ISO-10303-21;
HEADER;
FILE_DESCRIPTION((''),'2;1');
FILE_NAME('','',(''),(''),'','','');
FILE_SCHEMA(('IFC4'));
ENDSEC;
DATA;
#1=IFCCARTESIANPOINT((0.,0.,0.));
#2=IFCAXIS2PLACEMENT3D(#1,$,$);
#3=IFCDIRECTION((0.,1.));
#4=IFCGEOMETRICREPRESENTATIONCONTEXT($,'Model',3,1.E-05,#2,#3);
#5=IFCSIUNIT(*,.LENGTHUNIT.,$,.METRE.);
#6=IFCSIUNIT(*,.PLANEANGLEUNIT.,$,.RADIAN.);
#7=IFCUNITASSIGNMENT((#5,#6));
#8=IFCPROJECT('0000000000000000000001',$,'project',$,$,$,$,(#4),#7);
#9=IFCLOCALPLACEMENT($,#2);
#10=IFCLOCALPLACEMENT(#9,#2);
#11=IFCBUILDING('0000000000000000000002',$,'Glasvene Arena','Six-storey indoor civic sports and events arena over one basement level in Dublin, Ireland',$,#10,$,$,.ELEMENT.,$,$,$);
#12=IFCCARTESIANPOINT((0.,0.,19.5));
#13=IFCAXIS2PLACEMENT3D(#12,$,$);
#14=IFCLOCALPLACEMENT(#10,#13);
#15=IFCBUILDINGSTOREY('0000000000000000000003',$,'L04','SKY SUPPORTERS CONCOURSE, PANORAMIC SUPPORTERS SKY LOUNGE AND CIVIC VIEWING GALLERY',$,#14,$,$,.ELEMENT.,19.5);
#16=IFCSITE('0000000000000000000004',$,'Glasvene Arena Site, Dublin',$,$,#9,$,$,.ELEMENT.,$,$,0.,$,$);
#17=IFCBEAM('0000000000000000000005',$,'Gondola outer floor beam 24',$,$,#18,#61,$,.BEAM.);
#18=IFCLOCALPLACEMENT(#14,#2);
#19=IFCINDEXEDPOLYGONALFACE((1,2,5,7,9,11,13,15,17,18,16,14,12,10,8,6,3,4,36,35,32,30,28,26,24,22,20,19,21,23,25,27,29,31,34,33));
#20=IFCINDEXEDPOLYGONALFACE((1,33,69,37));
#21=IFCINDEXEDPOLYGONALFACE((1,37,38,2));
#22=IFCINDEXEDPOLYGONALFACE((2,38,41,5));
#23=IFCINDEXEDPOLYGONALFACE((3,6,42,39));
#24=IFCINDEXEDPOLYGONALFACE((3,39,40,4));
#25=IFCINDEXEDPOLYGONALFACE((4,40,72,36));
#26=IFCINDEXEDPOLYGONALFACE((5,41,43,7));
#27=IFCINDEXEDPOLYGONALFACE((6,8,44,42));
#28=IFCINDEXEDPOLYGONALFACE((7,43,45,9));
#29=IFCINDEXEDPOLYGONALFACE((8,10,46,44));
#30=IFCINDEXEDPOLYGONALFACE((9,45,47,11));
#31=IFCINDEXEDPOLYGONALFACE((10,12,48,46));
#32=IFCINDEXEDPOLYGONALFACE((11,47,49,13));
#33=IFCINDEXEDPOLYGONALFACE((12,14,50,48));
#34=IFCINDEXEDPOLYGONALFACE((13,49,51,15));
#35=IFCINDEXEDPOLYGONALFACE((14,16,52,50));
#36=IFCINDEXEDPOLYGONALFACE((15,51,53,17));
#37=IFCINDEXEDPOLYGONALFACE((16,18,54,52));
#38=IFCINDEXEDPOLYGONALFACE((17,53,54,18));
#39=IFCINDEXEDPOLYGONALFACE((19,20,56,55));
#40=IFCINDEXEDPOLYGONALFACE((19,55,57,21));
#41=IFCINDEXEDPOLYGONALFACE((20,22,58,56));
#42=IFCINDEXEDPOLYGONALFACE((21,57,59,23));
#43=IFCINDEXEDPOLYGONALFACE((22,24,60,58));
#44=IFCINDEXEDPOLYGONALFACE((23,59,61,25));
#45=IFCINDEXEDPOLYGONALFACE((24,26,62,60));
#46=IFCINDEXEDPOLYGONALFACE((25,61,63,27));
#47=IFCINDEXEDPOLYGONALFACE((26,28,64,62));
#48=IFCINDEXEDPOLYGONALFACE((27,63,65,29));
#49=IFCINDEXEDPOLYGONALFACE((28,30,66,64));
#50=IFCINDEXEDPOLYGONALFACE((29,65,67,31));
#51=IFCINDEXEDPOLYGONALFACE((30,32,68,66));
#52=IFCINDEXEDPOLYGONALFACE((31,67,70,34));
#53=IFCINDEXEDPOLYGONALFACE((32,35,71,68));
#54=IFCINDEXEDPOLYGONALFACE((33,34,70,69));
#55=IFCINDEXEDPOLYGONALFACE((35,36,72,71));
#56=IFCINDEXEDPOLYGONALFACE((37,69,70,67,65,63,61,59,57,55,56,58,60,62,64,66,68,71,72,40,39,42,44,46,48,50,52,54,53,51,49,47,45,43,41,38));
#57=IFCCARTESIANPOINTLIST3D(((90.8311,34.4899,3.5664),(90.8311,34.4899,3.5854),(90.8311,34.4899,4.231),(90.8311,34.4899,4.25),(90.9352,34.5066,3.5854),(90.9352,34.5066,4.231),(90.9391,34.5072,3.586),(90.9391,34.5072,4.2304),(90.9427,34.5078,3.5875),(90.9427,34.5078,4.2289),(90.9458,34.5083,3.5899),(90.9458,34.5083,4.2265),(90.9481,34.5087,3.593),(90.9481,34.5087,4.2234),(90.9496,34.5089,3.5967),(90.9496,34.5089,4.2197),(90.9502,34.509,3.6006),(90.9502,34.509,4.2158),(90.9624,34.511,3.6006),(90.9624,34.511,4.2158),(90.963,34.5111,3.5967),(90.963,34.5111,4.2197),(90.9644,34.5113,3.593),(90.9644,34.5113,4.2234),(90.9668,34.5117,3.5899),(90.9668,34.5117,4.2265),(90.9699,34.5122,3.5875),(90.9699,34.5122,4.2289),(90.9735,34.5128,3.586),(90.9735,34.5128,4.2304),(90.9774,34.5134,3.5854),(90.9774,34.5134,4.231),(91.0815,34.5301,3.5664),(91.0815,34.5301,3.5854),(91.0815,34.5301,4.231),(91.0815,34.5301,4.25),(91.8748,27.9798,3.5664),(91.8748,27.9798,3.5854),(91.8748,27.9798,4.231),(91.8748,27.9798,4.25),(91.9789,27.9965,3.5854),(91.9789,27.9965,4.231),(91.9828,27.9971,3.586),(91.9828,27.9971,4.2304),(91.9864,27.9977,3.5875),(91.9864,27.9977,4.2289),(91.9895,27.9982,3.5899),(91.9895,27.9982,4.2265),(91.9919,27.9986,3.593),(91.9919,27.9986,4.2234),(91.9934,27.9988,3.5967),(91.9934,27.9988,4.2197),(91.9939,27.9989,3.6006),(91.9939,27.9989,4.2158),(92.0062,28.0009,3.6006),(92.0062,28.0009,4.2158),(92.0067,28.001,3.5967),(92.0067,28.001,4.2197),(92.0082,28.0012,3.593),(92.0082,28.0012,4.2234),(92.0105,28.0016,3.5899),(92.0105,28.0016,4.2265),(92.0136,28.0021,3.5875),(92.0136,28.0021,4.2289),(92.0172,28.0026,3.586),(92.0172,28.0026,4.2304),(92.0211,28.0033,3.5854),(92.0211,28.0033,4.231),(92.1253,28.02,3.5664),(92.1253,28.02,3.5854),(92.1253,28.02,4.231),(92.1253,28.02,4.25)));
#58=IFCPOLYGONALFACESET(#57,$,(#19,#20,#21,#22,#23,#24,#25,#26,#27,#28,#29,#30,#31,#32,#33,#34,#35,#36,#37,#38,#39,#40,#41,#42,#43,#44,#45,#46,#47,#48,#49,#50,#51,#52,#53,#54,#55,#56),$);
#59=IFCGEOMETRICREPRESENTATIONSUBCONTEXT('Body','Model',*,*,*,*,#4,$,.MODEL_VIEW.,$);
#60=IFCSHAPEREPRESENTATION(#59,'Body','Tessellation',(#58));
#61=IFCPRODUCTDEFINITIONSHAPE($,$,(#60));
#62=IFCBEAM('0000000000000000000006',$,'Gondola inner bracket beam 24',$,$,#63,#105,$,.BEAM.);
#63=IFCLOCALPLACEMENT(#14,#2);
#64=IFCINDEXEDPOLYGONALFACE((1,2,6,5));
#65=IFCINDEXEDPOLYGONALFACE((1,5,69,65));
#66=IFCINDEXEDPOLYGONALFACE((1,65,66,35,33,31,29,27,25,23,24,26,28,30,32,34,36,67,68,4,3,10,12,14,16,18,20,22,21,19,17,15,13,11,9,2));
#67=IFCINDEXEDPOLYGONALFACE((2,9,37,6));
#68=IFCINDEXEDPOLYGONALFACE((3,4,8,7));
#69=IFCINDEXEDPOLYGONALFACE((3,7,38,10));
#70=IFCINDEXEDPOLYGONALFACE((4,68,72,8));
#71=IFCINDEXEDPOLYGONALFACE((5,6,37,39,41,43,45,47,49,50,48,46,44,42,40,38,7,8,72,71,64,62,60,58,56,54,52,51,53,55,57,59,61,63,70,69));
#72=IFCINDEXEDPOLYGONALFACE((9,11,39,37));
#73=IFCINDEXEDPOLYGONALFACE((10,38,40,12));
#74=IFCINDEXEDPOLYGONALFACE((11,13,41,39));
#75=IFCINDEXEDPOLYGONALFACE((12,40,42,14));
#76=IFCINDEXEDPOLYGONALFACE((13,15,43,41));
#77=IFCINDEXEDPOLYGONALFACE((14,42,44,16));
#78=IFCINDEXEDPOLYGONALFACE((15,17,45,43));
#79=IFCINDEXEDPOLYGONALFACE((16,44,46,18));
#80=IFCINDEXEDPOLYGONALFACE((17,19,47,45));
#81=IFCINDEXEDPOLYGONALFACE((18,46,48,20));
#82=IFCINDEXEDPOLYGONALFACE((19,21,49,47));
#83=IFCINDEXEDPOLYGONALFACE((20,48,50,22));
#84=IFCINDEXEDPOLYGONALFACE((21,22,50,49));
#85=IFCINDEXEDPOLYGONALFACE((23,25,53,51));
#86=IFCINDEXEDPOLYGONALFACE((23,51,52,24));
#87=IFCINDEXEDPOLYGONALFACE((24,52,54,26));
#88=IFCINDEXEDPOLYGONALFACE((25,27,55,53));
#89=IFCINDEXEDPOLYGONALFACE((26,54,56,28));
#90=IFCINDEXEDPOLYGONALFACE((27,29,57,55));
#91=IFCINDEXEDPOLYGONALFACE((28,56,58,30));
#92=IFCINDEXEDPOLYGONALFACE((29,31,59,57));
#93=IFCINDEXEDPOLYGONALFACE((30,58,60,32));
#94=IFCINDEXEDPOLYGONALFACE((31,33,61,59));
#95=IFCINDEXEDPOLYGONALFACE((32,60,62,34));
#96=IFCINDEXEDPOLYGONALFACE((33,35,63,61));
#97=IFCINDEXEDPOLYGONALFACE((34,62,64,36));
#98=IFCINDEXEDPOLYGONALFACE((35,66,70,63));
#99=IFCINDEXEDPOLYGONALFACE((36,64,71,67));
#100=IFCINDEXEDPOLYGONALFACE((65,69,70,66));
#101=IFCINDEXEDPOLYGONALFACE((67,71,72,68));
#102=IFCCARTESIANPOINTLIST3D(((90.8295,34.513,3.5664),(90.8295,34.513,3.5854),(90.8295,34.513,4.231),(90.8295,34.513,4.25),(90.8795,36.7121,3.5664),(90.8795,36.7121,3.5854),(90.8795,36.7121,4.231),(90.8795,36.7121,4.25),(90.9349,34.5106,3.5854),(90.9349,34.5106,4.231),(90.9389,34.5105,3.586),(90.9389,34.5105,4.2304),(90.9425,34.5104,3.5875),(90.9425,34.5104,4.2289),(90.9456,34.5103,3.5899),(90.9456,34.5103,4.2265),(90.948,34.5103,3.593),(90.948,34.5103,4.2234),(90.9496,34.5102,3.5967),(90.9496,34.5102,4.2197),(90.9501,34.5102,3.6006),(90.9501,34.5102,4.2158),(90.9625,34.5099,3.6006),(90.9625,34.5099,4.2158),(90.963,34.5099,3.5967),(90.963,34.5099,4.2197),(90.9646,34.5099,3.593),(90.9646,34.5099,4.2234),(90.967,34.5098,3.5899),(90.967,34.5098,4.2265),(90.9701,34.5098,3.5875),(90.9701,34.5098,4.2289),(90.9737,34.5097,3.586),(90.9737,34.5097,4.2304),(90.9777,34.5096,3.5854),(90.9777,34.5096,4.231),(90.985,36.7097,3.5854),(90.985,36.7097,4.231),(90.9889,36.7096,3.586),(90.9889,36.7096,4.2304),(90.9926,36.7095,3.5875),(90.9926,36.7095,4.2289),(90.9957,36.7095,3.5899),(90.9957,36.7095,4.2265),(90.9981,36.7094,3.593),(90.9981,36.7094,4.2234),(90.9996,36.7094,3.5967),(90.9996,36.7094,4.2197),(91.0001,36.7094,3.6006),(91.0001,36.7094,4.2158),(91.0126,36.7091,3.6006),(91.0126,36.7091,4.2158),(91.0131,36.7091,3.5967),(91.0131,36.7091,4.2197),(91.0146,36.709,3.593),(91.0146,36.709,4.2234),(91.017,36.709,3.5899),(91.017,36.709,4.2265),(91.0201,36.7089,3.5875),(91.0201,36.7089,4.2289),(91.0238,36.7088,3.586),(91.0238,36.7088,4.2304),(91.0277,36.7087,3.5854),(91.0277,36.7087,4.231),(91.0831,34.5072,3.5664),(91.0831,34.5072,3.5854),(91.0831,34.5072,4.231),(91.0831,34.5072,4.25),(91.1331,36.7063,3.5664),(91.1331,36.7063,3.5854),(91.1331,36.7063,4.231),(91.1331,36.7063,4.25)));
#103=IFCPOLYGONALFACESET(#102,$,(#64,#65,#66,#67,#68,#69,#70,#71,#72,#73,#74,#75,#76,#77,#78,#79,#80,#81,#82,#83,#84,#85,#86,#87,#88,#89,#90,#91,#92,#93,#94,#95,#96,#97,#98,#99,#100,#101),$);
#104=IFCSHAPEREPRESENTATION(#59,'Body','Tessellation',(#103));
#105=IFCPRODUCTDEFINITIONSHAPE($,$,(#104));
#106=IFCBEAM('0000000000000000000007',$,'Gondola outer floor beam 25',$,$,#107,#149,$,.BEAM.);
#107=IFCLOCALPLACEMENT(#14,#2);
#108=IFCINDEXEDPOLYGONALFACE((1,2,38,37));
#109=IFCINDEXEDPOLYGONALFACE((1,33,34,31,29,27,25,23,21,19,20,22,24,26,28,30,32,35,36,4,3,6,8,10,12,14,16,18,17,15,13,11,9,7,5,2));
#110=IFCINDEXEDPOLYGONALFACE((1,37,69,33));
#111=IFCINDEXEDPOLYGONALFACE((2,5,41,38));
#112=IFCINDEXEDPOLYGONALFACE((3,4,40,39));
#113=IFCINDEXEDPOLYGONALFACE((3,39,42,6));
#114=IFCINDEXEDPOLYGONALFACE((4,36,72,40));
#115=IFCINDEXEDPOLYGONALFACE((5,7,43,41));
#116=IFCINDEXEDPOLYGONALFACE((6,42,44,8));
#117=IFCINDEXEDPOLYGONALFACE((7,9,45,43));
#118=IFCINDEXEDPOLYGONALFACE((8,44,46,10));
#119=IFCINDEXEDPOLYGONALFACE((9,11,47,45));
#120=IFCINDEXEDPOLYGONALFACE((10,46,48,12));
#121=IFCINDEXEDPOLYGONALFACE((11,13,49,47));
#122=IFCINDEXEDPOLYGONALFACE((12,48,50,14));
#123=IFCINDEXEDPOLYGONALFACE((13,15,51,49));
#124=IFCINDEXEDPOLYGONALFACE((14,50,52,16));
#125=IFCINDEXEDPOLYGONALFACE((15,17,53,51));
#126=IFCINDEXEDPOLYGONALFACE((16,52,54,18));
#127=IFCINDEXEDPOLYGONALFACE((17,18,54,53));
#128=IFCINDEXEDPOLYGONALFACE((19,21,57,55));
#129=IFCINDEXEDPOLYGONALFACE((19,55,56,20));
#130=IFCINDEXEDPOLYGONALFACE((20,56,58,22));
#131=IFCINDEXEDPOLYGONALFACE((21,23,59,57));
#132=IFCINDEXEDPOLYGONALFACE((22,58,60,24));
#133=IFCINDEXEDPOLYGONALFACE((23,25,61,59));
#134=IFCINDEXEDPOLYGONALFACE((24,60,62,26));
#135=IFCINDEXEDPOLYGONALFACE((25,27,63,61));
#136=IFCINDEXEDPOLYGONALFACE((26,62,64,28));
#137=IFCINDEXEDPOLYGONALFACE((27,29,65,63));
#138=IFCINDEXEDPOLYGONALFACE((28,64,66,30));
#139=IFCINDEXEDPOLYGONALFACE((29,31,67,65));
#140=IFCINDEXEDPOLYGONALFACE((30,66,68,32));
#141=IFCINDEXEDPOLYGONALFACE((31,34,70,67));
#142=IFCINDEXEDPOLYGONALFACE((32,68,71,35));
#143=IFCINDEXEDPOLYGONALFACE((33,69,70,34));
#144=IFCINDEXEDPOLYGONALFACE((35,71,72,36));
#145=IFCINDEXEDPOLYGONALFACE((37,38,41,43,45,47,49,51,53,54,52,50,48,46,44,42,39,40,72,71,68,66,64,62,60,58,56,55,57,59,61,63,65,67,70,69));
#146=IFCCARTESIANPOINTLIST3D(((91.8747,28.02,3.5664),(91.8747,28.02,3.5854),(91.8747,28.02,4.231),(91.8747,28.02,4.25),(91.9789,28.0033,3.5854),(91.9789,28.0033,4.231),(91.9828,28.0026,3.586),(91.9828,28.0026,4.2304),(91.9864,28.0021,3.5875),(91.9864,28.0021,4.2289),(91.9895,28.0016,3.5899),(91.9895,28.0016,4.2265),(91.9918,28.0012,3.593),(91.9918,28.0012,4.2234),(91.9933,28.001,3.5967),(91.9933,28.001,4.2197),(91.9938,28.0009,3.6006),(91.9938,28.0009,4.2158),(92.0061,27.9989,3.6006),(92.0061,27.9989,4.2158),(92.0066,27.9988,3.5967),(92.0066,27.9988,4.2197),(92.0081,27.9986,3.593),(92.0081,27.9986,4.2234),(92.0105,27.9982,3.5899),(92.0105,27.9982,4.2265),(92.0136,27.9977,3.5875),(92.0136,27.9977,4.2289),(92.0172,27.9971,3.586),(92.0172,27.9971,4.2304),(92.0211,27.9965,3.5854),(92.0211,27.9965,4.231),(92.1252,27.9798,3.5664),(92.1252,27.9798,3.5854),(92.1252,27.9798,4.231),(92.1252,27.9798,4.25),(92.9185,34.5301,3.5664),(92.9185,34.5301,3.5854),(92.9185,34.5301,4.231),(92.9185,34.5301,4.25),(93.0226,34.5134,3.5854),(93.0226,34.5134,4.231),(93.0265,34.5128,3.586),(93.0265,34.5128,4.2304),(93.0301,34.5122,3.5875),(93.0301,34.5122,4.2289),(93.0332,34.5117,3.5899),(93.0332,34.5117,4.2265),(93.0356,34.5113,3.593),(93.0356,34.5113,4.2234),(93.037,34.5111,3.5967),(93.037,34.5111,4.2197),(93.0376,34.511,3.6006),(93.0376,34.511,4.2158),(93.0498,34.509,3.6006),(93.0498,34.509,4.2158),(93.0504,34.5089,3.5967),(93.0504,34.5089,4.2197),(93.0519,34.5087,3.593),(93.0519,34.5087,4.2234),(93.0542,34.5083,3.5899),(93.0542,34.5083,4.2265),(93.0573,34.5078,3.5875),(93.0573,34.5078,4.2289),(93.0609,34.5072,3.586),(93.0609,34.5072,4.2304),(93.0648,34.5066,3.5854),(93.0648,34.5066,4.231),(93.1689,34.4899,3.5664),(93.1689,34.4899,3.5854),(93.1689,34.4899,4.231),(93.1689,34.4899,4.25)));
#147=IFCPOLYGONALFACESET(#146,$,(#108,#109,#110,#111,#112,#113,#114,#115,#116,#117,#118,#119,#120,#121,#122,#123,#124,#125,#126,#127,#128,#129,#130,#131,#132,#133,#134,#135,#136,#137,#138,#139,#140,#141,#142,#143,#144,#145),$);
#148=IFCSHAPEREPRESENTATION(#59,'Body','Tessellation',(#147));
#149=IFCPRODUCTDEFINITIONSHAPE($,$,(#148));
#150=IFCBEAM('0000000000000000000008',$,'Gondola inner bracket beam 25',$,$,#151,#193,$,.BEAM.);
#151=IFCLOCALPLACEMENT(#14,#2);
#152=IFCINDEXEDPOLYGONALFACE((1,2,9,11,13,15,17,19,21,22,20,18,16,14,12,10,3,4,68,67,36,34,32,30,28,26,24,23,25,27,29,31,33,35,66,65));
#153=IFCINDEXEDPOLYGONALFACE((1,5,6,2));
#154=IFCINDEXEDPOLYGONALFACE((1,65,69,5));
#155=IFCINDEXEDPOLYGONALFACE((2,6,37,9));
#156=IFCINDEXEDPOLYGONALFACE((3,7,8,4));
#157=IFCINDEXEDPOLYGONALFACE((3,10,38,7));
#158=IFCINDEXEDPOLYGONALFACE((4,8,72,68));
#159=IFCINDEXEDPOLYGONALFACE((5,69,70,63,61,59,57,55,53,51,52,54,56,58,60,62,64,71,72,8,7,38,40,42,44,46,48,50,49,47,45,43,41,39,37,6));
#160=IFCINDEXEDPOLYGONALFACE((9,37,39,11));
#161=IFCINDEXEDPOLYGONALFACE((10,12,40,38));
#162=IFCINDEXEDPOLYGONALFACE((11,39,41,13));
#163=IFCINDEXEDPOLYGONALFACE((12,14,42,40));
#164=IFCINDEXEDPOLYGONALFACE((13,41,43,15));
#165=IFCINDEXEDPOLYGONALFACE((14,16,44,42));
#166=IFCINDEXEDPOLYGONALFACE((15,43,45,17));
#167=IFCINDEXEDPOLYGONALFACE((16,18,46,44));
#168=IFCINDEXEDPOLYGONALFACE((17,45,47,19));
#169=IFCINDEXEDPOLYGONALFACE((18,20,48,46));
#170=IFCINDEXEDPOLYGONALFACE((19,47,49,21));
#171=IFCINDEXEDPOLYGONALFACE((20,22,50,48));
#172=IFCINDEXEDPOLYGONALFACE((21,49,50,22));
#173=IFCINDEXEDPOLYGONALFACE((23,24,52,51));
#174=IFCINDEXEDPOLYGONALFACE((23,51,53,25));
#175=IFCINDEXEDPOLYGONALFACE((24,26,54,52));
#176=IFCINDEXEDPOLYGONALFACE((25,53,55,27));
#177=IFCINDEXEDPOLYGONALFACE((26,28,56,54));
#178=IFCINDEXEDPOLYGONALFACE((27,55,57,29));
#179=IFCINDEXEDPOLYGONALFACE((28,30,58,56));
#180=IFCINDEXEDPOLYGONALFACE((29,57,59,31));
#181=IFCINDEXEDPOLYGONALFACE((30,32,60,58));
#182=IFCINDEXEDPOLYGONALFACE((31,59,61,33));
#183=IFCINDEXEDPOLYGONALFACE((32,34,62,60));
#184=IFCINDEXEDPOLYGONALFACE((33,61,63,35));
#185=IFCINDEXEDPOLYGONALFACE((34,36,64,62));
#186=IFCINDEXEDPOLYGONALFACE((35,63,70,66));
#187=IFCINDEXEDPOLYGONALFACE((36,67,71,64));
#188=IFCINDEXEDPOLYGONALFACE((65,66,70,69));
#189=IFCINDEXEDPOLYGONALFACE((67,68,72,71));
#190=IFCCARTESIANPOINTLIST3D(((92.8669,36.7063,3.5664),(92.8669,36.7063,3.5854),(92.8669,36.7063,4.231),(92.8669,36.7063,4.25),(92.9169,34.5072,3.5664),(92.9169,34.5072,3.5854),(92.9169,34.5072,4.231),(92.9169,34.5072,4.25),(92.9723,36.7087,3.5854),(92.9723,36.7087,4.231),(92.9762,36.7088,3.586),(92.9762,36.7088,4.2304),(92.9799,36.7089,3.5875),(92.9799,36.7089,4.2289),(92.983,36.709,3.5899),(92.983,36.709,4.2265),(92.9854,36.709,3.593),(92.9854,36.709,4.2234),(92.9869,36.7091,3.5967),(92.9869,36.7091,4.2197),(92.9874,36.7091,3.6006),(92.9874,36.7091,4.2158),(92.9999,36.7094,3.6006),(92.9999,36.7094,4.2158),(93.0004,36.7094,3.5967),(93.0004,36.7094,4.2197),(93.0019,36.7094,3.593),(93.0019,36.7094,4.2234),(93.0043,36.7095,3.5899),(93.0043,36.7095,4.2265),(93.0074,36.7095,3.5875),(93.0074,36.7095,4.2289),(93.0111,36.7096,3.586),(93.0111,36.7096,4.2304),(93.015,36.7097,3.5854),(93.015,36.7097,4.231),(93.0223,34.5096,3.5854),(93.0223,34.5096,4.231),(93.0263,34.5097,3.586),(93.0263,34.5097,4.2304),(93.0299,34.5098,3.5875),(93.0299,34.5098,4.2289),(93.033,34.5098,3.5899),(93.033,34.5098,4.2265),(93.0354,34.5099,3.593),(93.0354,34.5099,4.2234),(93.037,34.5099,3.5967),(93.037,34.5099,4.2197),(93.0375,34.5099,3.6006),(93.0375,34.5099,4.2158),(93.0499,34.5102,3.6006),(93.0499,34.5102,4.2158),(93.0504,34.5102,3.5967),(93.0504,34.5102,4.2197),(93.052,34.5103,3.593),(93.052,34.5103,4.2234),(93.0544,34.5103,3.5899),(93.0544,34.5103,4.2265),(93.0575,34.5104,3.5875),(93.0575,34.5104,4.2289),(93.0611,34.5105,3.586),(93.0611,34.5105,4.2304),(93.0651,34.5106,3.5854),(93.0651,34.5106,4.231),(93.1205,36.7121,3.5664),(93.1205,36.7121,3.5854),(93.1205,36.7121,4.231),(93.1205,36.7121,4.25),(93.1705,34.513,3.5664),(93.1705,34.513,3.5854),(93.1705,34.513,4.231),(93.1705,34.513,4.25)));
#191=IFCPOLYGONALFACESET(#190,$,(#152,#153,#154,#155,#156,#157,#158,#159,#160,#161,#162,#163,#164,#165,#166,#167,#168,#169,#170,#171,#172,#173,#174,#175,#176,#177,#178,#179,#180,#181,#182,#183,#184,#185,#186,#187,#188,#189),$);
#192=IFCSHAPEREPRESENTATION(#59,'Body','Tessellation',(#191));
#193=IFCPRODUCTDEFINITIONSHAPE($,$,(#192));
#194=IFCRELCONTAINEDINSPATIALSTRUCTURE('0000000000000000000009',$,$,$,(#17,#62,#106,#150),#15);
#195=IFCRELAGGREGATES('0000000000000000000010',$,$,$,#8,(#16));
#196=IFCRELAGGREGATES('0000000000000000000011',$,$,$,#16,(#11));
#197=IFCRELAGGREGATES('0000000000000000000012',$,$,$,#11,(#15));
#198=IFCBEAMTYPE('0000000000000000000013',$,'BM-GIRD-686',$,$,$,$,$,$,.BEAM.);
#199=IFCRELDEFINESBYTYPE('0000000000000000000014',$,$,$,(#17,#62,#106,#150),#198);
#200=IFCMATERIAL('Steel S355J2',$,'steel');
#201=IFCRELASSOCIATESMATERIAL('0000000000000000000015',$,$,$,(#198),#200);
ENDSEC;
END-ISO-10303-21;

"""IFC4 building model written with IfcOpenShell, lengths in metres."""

from ifc_helpers import new_model, si_unit, direction, frame, origin, origin_2d, place, context, subcontext, project, spatial, i_section, extrude, material, material_profile, profile_set, type_object, element, save


model = new_model("IFC4")

# Units and contexts
model_context = context("Model", 3, precision=1e-05, world=origin(), true_north=direction((0.0, 1.0)))
body_context = subcontext(model_context, "Body", "Model", "MODEL_VIEW")
ifc_project = project(units=[si_unit("LENGTHUNIT", "METRE"), si_unit("PLANEANGLEUNIT", "RADIAN")], contexts=[model_context])

# Site, building, storey
site_placement = place(None, origin())
site = spatial("IfcSite", under=ifc_project, at=site_placement, Name="Glasvene Arena Site, Dublin", CompositionType="ELEMENT", RefElevation=0.0)
building_placement = place(site_placement, origin())
building = spatial("IfcBuilding", under=site, at=building_placement, Name="Glasvene Arena", Description="Six-storey indoor civic sports and events arena over one basement level in Dublin, Ireland", CompositionType="ELEMENT")
storey_placement = place(building_placement, frame((0.0, 0.0, 19.5)))
storey = spatial("IfcBuildingStorey", under=building, at=storey_placement, Name="L04", Description="SKY SUPPORTERS CONCOURSE, PANORAMIC SUPPORTERS SKY LOUNGE AND CIVIC VIEWING GALLERY", CompositionType="ELEMENT", Elevation=19.5)

# Shared definitions
ifc_material_1 = material(Name="Steel S355J2", Category="steel")

# Beams
ifc_material_profile_1 = material_profile(ifc_material_1, i_section(OverallWidth=0.2537, OverallDepth=0.6836, WebThickness=0.0125, FlangeThickness=0.019, FilletRadius=0.0151, at=origin_2d()), Name="UKB 686x254x140")
ifc_profile_set_1 = profile_set([ifc_material_profile_1], Name="Steel S355J2")
beam_type_1 = type_object("IfcBeamType", Name="BM-GIRD-686", PredefinedType="BEAM", material=ifc_profile_set_1)
beam_1_placement = place(storey_placement, frame((90.9563, 34.51, 3.9082), z_axis=(0.158301, -0.987391, 0.0), x_axis=(0.987391, 0.158301, 0.0)))
element("IfcBeam", 1, at=beam_1_placement, inside=storey, type_object=beam_type_1, Name="Gondola outer floor beam 24", PredefinedType="BEAM", context=body_context, shape_type="SweptSolid", body=[
    extrude(i_section(OverallWidth=0.2537, OverallDepth=0.6836, WebThickness=0.0125, FlangeThickness=0.019, FilletRadius=0.0151, at=origin_2d()), origin(), (0.0, 0.0, 1.0), 6.5933),
])
beam_2_placement = place(storey_placement, frame((91.0063, 36.7092, 3.9082), z_axis=(-0.022752, -0.999741, 0.0), x_axis=(0.999741, -0.022752, 0.0)))
element("IfcBeam", 2, at=beam_2_placement, inside=storey, type_object=beam_type_1, Name="Gondola inner bracket beam 24", PredefinedType="BEAM", context=body_context, shape_type="SweptSolid", body=[
    extrude(i_section(OverallWidth=0.2537, OverallDepth=0.6836, WebThickness=0.0125, FlangeThickness=0.019, FilletRadius=0.0151, at=origin_2d()), origin(), (0.0, 0.0, 1.0), 2.1997),
])
beam_3_placement = place(storey_placement, frame((93.0437, 34.51, 3.9082), z_axis=(-0.158301, -0.987391, 0.0), x_axis=(0.987391, -0.158301, 0.0)))
element("IfcBeam", 3, at=beam_3_placement, inside=storey, type_object=beam_type_1, Name="Gondola outer floor beam 25", PredefinedType="BEAM", context=body_context, shape_type="SweptSolid", body=[
    extrude(i_section(OverallWidth=0.2537, OverallDepth=0.6836, WebThickness=0.0125, FlangeThickness=0.019, FilletRadius=0.0151, at=origin_2d()), origin(), (0.0, 0.0, 1.0), 6.5933),
])
beam_4_placement = place(storey_placement, frame((92.9937, 36.7092, 3.9082), z_axis=(0.022752, -0.999741, 0.0), x_axis=(0.999741, 0.022752, 0.0)))
element("IfcBeam", 4, at=beam_4_placement, inside=storey, type_object=beam_type_1, Name="Gondola inner bracket beam 25", PredefinedType="BEAM", context=body_context, shape_type="SweptSolid", body=[
    extrude(i_section(OverallWidth=0.2537, OverallDepth=0.6836, WebThickness=0.0125, FlangeThickness=0.019, FilletRadius=0.0151, at=origin_2d()), origin(), (0.0, 0.0, 1.0), 2.1997),
])

save(model, "model.ifc")
